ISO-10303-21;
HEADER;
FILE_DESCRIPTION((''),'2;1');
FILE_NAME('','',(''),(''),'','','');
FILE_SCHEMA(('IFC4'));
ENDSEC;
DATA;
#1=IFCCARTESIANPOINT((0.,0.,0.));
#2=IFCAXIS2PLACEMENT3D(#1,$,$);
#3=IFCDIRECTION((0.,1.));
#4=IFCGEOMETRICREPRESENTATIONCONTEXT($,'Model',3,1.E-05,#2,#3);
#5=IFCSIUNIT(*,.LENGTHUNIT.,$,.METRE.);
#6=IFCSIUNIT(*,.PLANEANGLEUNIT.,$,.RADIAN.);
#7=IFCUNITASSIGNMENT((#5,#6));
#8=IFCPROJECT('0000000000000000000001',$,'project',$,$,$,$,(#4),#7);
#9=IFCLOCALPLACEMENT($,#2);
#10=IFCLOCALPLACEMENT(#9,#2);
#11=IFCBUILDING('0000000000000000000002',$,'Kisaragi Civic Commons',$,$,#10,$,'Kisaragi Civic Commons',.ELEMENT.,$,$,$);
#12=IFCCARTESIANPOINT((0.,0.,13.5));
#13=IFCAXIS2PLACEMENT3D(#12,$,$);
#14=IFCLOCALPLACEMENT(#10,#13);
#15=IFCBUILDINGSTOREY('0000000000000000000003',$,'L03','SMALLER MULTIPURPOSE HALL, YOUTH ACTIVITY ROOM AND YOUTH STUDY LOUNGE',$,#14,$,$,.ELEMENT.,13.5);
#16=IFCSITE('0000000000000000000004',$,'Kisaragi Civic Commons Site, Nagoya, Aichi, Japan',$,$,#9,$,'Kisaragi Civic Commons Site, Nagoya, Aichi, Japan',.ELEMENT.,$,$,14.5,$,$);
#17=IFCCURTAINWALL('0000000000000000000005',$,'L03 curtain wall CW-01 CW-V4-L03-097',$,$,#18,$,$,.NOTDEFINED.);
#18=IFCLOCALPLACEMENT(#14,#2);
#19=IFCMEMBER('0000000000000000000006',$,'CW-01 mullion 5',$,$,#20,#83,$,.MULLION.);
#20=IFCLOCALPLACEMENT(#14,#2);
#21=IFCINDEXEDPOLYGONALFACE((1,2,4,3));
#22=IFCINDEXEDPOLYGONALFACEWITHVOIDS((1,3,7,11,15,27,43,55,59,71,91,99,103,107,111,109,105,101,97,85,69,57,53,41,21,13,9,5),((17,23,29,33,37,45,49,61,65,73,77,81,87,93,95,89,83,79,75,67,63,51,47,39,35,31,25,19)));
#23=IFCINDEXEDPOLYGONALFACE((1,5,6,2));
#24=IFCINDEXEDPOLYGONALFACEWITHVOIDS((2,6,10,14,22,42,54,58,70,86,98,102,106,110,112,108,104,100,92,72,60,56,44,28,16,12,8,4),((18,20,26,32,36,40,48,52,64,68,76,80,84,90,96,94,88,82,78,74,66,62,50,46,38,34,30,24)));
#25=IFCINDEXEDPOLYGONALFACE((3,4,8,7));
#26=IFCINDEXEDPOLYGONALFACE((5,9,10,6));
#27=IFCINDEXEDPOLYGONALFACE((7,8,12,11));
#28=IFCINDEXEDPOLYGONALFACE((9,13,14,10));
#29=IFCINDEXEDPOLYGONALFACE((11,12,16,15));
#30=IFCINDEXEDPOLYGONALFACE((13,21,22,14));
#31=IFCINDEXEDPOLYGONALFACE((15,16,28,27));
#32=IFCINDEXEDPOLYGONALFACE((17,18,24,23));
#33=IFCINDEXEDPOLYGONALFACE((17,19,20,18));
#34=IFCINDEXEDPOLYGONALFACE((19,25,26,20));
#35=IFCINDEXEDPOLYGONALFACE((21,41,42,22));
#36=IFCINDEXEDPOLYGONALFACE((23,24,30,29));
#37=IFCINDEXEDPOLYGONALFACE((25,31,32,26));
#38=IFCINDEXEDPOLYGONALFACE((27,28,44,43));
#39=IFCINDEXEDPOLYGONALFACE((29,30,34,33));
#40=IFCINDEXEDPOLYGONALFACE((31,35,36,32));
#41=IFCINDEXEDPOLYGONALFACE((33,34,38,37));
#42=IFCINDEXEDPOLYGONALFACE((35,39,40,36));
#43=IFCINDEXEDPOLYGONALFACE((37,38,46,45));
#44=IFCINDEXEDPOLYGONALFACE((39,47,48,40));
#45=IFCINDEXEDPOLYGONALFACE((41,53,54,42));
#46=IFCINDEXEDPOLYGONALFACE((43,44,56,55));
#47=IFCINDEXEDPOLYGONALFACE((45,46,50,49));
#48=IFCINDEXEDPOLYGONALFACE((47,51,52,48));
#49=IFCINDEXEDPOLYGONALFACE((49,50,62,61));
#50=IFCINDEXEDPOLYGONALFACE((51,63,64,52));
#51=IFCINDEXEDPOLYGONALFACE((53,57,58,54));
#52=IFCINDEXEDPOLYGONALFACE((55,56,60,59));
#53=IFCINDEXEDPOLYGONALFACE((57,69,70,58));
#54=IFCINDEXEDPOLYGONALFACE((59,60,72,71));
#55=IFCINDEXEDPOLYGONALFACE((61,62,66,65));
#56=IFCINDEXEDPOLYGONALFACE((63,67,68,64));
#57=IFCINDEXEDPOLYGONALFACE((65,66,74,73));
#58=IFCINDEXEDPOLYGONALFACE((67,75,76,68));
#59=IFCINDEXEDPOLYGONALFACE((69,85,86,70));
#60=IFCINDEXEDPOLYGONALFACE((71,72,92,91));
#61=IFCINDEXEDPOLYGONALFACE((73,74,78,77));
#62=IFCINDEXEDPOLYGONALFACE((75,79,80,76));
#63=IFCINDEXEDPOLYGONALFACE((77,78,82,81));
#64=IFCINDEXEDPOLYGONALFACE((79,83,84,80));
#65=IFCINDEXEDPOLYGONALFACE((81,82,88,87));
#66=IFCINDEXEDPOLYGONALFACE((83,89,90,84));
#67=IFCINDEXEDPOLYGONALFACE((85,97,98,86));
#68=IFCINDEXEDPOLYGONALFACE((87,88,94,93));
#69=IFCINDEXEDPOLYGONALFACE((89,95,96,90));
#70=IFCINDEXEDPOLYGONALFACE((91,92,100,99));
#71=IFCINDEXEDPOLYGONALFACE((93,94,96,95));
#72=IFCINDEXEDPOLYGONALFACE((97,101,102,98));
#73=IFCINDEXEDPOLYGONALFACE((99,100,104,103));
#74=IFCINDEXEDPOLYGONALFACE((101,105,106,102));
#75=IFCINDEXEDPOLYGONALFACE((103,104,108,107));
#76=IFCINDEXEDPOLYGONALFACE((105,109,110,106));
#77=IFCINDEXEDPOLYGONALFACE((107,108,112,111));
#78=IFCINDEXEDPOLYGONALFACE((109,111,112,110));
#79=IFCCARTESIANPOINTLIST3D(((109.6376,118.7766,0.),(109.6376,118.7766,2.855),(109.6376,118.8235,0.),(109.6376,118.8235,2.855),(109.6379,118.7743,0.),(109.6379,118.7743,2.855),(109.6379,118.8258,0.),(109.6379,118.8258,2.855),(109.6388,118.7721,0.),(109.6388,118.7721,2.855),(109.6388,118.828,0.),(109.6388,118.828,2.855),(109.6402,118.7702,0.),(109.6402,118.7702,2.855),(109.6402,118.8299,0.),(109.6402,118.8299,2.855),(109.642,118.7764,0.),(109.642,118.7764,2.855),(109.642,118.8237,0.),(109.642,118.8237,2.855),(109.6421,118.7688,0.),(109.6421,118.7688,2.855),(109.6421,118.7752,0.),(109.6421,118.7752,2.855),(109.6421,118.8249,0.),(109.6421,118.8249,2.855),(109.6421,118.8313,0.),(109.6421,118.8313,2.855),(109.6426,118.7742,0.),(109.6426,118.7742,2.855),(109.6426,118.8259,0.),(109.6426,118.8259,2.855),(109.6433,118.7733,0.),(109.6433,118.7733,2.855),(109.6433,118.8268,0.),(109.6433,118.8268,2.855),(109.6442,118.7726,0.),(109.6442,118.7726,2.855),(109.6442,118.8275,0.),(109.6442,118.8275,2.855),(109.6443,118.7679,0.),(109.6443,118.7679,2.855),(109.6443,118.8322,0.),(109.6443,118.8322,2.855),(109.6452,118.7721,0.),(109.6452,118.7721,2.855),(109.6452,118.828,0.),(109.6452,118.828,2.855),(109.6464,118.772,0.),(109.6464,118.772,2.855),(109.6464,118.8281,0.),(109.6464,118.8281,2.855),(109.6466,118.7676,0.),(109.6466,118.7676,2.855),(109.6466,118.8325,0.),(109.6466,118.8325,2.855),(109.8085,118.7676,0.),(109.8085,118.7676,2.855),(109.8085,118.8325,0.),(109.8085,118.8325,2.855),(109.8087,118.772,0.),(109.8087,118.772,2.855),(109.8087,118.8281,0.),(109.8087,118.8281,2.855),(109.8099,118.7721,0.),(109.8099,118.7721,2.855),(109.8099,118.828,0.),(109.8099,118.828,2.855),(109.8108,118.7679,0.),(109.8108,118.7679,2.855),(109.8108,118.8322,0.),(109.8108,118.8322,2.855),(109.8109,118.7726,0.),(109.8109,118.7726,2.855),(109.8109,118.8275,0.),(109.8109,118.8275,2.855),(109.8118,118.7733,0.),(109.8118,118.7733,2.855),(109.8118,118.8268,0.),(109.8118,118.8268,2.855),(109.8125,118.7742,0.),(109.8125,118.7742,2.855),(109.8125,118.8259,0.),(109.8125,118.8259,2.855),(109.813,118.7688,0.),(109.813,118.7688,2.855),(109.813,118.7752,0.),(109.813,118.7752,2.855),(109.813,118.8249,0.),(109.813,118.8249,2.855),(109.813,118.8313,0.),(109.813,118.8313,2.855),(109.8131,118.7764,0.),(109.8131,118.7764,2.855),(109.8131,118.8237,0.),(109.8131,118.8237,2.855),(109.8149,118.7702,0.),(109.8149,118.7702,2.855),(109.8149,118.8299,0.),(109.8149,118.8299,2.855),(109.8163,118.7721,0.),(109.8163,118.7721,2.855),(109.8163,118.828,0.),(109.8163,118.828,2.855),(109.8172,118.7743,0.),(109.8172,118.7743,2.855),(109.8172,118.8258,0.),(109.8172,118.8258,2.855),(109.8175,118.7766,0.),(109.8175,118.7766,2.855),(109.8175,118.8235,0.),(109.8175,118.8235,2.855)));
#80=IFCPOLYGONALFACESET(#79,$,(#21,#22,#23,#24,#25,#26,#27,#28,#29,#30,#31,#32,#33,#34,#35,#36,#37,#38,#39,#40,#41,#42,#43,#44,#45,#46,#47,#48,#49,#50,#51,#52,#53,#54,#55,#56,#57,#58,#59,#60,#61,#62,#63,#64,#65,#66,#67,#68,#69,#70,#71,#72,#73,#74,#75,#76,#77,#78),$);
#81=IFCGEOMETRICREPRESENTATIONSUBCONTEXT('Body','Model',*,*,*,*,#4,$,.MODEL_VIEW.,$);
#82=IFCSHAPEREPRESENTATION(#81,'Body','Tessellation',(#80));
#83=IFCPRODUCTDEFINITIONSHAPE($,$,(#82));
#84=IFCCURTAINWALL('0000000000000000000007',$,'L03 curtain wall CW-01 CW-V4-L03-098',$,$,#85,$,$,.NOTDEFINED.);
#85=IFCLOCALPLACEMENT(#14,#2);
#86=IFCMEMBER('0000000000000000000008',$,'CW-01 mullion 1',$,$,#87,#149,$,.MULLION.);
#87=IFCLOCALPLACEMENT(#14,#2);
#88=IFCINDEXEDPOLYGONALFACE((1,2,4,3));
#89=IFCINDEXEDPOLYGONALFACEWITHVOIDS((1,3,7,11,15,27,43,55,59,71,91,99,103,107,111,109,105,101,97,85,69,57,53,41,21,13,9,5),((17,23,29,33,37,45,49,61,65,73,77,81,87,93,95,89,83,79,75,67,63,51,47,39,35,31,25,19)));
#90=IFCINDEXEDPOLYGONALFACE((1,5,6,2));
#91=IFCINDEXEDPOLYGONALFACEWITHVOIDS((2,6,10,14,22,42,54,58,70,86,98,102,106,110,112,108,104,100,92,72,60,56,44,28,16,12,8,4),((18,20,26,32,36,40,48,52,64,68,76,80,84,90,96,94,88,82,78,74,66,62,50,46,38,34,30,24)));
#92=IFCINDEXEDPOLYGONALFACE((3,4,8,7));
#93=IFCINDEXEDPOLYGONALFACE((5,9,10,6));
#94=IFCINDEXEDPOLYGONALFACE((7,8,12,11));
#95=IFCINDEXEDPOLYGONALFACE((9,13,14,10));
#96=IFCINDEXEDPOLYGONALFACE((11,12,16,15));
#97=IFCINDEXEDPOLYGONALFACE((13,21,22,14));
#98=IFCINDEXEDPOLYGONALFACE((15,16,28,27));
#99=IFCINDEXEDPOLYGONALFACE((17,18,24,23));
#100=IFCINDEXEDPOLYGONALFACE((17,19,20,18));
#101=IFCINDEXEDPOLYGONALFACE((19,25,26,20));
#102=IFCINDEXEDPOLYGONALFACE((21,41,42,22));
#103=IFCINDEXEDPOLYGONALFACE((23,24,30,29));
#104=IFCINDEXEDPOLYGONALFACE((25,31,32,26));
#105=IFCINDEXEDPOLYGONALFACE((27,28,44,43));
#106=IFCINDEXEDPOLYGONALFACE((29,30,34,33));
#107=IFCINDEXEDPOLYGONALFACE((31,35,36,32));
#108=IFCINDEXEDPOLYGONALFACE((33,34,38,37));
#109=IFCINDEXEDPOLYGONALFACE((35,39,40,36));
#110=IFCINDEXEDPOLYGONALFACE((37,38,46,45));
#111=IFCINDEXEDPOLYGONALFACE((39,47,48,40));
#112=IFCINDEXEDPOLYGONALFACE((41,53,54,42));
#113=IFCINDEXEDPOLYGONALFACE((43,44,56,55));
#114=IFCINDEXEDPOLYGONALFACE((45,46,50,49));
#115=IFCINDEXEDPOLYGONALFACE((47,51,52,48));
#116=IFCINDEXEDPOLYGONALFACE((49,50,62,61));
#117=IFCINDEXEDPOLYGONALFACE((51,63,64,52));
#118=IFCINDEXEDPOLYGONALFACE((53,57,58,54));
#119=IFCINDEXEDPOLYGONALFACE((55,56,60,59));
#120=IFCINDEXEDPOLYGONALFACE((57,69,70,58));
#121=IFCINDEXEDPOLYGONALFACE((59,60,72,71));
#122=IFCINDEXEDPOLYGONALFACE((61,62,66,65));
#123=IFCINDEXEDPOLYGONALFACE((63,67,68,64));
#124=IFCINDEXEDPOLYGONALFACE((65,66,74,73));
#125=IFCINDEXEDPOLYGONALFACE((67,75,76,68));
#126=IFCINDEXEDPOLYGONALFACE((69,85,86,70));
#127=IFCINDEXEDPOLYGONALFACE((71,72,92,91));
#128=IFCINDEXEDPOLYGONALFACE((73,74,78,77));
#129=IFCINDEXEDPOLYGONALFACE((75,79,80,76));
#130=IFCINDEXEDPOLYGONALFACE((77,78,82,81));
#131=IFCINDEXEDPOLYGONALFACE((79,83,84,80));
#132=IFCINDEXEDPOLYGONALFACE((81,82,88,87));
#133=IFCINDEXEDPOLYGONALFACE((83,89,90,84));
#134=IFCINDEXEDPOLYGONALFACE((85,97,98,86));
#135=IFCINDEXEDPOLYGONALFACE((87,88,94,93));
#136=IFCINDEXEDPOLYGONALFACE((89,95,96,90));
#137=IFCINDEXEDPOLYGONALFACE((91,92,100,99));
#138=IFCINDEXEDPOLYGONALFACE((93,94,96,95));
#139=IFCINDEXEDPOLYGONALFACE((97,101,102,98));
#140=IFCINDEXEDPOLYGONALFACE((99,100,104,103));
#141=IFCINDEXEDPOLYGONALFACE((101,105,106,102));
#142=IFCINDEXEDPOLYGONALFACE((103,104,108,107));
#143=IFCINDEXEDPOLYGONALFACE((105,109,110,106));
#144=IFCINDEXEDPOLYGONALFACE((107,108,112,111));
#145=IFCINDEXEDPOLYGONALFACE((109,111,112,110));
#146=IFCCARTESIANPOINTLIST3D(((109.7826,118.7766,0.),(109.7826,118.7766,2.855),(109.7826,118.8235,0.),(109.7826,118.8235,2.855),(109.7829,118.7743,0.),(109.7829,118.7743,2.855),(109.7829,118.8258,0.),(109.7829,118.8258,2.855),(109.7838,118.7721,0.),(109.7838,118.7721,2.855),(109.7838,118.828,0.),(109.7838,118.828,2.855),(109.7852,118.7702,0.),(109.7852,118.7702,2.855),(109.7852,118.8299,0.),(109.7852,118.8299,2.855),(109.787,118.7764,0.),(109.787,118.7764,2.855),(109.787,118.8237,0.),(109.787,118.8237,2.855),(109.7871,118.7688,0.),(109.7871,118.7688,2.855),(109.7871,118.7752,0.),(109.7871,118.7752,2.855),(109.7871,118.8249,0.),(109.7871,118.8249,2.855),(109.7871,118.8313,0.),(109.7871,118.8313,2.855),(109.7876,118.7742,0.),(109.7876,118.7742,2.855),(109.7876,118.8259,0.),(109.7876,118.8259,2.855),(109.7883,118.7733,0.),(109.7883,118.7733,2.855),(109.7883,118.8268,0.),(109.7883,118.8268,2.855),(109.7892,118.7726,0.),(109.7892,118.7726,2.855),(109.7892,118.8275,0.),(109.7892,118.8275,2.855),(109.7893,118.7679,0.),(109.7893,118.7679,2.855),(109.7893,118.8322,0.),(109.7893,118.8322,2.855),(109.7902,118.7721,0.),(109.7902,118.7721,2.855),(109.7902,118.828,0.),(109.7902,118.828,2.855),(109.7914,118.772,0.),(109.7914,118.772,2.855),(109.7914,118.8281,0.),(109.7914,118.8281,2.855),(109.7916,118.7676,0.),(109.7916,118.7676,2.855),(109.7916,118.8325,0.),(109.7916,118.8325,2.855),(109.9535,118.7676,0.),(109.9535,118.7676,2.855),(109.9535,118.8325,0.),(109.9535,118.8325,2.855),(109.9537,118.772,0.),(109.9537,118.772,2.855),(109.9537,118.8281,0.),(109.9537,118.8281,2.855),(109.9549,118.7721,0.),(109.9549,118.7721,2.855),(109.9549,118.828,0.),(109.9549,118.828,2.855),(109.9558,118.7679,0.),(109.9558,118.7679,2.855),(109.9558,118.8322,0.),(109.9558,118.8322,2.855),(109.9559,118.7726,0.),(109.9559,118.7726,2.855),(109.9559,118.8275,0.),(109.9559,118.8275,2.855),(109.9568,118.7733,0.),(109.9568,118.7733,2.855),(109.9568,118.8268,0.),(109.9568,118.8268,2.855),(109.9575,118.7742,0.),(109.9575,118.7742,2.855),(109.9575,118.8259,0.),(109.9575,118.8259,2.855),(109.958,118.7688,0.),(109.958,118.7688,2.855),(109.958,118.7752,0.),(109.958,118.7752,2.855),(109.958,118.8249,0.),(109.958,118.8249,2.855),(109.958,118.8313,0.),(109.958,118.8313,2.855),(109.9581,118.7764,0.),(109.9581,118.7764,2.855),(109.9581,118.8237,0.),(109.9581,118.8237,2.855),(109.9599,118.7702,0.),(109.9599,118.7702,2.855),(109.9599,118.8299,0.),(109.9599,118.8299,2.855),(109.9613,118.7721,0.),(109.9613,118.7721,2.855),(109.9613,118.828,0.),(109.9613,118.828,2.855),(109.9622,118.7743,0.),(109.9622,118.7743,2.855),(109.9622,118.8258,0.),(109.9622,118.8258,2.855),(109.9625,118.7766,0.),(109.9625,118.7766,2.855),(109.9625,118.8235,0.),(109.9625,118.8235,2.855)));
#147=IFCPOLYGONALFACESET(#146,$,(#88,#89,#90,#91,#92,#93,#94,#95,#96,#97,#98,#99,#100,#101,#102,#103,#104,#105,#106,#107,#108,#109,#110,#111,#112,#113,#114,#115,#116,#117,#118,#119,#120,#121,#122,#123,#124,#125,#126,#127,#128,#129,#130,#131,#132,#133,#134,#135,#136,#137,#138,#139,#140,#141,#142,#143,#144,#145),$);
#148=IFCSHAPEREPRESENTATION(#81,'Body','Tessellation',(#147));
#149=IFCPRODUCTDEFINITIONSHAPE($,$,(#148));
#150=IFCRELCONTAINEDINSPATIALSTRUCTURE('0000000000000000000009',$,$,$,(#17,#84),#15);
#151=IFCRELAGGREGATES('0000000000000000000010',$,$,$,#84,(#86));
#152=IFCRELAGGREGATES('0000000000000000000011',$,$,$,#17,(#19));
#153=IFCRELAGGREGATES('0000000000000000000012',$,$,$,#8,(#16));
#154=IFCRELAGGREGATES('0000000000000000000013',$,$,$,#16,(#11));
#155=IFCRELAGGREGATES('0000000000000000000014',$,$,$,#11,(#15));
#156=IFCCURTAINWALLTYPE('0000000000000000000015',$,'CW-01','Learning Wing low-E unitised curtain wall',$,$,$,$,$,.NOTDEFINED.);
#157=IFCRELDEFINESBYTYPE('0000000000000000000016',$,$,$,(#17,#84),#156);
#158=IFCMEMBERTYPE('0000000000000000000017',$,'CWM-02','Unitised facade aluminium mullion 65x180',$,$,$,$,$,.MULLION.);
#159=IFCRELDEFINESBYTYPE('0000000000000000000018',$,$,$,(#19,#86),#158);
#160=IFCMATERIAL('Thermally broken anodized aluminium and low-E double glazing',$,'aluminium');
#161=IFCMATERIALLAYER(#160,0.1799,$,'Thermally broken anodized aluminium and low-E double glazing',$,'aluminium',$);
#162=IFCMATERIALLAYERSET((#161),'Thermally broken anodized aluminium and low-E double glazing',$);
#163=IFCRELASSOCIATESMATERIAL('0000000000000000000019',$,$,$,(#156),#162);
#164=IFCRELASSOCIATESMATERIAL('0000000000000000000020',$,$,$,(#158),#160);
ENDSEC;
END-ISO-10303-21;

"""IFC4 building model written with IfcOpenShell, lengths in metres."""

from ifc_helpers import new_model, si_unit, direction, frame, origin, origin_2d, place, context, subcontext, project, spatial, hollow_rectangle, extrude, material, layer, layer_set, material_profile, profile_set, type_object, element, aggregate, save


model = new_model("IFC4")

# Units and contexts
model_context = context("Model", 3, precision=1e-05, world=origin(), true_north=direction((0.0, 1.0)))
body_context = subcontext(model_context, "Body", "Model", "MODEL_VIEW")
ifc_project = project(units=[si_unit("LENGTHUNIT", "METRE"), si_unit("PLANEANGLEUNIT", "RADIAN")], contexts=[model_context])

# Site, building, storey
site_placement = place(None, origin())
site = spatial("IfcSite", under=ifc_project, at=site_placement, Name="Kisaragi Civic Commons Site, Nagoya, Aichi, Japan", LongName="Kisaragi Civic Commons Site, Nagoya, Aichi, Japan", CompositionType="ELEMENT", RefElevation=14.5)
building_placement = place(site_placement, origin())
building = spatial("IfcBuilding", under=site, at=building_placement, Name="Kisaragi Civic Commons", LongName="Kisaragi Civic Commons", CompositionType="ELEMENT")
storey_placement = place(building_placement, frame((0.0, 0.0, 13.5)))
storey = spatial("IfcBuildingStorey", under=building, at=storey_placement, Name="L03", Description="SMALLER MULTIPURPOSE HALL, YOUTH ACTIVITY ROOM AND YOUTH STUDY LOUNGE", CompositionType="ELEMENT", Elevation=13.5)

# Curtain wall, member
ifc_material = material(Name="Thermally broken anodized aluminium and low-E double glazing", Category="aluminium")
ifc_layer_1 = layer(ifc_material, 0.1799, Name="Thermally broken anodized aluminium and low-E double glazing", Category="aluminium")
ifc_layer_set_1 = layer_set([ifc_layer_1], Name="Thermally broken anodized aluminium and low-E double glazing")
curtain_wall_type = type_object("IfcCurtainWallType", Name="CW-01", Description="Learning Wing low-E unitised curtain wall", PredefinedType="NOTDEFINED", material=ifc_layer_set_1)
curtain_wall_1_placement = place(storey_placement, origin())
curtain_wall_1 = element("IfcCurtainWall", 1, at=curtain_wall_1_placement, inside=storey, type_object=curtain_wall_type, Name="L03 curtain wall CW-01 CW-V4-L03-097", PredefinedType="NOTDEFINED")
ifc_material_profile_1 = material_profile(ifc_material, hollow_rectangle(XDim=0.0649, YDim=0.1799, WallThickness=0.0044, InnerFilletRadius=0.0044, OuterFilletRadius=0.009, at=origin_2d()), Name="CWM-65x180x4.5", Category="aluminium")
ifc_profile_set_1 = profile_set([ifc_material_profile_1], Name="Thermally broken anodized aluminium and low-E double glazing")
member_type_1 = type_object("IfcMemberType", Name="CWM-02", Description="Unitised facade aluminium mullion 65x180", PredefinedType="MULLION", material=ifc_profile_set_1)
member_1_placement = place(storey_placement, frame((109.7275, 118.8, 0.0), z_axis=(0.0, 0.0, 1.0), x_axis=(0.0, 1.0, 0.0)))
member_1 = element("IfcMember", 2, at=member_1_placement, type_object=member_type_1, Name="CW-01 mullion 5", PredefinedType="MULLION", context=body_context, shape_type="SweptSolid", body=[
    extrude(hollow_rectangle(XDim=0.0649, YDim=0.1799, WallThickness=0.0044, InnerFilletRadius=0.0044, OuterFilletRadius=0.009, at=origin_2d()), origin(), (0.0, 0.0, 1.0), 2.855),
])

# Curtain wall, member
curtain_wall_2_placement = place(storey_placement, origin())
curtain_wall_2 = element("IfcCurtainWall", 3, at=curtain_wall_2_placement, inside=storey, type_object=curtain_wall_type, Name="L03 curtain wall CW-01 CW-V4-L03-098", PredefinedType="NOTDEFINED")
member_2_placement = place(storey_placement, frame((109.8726, 118.8, 0.0), z_axis=(0.0, 0.0, 1.0), x_axis=(0.0, 1.0, 0.0)))
member_2 = element("IfcMember", 4, at=member_2_placement, type_object=member_type_1, Name="CW-01 mullion 1", PredefinedType="MULLION", context=body_context, shape_type="SweptSolid", body=[
    extrude(hollow_rectangle(XDim=0.0649, YDim=0.1799, WallThickness=0.0044, InnerFilletRadius=0.0044, OuterFilletRadius=0.009, at=origin_2d()), origin(), (0.0, 0.0, 1.0), 2.855),
])

aggregate(curtain_wall_2, [member_2])

aggregate(curtain_wall_1, [member_1])

save(model, "model.ifc")
